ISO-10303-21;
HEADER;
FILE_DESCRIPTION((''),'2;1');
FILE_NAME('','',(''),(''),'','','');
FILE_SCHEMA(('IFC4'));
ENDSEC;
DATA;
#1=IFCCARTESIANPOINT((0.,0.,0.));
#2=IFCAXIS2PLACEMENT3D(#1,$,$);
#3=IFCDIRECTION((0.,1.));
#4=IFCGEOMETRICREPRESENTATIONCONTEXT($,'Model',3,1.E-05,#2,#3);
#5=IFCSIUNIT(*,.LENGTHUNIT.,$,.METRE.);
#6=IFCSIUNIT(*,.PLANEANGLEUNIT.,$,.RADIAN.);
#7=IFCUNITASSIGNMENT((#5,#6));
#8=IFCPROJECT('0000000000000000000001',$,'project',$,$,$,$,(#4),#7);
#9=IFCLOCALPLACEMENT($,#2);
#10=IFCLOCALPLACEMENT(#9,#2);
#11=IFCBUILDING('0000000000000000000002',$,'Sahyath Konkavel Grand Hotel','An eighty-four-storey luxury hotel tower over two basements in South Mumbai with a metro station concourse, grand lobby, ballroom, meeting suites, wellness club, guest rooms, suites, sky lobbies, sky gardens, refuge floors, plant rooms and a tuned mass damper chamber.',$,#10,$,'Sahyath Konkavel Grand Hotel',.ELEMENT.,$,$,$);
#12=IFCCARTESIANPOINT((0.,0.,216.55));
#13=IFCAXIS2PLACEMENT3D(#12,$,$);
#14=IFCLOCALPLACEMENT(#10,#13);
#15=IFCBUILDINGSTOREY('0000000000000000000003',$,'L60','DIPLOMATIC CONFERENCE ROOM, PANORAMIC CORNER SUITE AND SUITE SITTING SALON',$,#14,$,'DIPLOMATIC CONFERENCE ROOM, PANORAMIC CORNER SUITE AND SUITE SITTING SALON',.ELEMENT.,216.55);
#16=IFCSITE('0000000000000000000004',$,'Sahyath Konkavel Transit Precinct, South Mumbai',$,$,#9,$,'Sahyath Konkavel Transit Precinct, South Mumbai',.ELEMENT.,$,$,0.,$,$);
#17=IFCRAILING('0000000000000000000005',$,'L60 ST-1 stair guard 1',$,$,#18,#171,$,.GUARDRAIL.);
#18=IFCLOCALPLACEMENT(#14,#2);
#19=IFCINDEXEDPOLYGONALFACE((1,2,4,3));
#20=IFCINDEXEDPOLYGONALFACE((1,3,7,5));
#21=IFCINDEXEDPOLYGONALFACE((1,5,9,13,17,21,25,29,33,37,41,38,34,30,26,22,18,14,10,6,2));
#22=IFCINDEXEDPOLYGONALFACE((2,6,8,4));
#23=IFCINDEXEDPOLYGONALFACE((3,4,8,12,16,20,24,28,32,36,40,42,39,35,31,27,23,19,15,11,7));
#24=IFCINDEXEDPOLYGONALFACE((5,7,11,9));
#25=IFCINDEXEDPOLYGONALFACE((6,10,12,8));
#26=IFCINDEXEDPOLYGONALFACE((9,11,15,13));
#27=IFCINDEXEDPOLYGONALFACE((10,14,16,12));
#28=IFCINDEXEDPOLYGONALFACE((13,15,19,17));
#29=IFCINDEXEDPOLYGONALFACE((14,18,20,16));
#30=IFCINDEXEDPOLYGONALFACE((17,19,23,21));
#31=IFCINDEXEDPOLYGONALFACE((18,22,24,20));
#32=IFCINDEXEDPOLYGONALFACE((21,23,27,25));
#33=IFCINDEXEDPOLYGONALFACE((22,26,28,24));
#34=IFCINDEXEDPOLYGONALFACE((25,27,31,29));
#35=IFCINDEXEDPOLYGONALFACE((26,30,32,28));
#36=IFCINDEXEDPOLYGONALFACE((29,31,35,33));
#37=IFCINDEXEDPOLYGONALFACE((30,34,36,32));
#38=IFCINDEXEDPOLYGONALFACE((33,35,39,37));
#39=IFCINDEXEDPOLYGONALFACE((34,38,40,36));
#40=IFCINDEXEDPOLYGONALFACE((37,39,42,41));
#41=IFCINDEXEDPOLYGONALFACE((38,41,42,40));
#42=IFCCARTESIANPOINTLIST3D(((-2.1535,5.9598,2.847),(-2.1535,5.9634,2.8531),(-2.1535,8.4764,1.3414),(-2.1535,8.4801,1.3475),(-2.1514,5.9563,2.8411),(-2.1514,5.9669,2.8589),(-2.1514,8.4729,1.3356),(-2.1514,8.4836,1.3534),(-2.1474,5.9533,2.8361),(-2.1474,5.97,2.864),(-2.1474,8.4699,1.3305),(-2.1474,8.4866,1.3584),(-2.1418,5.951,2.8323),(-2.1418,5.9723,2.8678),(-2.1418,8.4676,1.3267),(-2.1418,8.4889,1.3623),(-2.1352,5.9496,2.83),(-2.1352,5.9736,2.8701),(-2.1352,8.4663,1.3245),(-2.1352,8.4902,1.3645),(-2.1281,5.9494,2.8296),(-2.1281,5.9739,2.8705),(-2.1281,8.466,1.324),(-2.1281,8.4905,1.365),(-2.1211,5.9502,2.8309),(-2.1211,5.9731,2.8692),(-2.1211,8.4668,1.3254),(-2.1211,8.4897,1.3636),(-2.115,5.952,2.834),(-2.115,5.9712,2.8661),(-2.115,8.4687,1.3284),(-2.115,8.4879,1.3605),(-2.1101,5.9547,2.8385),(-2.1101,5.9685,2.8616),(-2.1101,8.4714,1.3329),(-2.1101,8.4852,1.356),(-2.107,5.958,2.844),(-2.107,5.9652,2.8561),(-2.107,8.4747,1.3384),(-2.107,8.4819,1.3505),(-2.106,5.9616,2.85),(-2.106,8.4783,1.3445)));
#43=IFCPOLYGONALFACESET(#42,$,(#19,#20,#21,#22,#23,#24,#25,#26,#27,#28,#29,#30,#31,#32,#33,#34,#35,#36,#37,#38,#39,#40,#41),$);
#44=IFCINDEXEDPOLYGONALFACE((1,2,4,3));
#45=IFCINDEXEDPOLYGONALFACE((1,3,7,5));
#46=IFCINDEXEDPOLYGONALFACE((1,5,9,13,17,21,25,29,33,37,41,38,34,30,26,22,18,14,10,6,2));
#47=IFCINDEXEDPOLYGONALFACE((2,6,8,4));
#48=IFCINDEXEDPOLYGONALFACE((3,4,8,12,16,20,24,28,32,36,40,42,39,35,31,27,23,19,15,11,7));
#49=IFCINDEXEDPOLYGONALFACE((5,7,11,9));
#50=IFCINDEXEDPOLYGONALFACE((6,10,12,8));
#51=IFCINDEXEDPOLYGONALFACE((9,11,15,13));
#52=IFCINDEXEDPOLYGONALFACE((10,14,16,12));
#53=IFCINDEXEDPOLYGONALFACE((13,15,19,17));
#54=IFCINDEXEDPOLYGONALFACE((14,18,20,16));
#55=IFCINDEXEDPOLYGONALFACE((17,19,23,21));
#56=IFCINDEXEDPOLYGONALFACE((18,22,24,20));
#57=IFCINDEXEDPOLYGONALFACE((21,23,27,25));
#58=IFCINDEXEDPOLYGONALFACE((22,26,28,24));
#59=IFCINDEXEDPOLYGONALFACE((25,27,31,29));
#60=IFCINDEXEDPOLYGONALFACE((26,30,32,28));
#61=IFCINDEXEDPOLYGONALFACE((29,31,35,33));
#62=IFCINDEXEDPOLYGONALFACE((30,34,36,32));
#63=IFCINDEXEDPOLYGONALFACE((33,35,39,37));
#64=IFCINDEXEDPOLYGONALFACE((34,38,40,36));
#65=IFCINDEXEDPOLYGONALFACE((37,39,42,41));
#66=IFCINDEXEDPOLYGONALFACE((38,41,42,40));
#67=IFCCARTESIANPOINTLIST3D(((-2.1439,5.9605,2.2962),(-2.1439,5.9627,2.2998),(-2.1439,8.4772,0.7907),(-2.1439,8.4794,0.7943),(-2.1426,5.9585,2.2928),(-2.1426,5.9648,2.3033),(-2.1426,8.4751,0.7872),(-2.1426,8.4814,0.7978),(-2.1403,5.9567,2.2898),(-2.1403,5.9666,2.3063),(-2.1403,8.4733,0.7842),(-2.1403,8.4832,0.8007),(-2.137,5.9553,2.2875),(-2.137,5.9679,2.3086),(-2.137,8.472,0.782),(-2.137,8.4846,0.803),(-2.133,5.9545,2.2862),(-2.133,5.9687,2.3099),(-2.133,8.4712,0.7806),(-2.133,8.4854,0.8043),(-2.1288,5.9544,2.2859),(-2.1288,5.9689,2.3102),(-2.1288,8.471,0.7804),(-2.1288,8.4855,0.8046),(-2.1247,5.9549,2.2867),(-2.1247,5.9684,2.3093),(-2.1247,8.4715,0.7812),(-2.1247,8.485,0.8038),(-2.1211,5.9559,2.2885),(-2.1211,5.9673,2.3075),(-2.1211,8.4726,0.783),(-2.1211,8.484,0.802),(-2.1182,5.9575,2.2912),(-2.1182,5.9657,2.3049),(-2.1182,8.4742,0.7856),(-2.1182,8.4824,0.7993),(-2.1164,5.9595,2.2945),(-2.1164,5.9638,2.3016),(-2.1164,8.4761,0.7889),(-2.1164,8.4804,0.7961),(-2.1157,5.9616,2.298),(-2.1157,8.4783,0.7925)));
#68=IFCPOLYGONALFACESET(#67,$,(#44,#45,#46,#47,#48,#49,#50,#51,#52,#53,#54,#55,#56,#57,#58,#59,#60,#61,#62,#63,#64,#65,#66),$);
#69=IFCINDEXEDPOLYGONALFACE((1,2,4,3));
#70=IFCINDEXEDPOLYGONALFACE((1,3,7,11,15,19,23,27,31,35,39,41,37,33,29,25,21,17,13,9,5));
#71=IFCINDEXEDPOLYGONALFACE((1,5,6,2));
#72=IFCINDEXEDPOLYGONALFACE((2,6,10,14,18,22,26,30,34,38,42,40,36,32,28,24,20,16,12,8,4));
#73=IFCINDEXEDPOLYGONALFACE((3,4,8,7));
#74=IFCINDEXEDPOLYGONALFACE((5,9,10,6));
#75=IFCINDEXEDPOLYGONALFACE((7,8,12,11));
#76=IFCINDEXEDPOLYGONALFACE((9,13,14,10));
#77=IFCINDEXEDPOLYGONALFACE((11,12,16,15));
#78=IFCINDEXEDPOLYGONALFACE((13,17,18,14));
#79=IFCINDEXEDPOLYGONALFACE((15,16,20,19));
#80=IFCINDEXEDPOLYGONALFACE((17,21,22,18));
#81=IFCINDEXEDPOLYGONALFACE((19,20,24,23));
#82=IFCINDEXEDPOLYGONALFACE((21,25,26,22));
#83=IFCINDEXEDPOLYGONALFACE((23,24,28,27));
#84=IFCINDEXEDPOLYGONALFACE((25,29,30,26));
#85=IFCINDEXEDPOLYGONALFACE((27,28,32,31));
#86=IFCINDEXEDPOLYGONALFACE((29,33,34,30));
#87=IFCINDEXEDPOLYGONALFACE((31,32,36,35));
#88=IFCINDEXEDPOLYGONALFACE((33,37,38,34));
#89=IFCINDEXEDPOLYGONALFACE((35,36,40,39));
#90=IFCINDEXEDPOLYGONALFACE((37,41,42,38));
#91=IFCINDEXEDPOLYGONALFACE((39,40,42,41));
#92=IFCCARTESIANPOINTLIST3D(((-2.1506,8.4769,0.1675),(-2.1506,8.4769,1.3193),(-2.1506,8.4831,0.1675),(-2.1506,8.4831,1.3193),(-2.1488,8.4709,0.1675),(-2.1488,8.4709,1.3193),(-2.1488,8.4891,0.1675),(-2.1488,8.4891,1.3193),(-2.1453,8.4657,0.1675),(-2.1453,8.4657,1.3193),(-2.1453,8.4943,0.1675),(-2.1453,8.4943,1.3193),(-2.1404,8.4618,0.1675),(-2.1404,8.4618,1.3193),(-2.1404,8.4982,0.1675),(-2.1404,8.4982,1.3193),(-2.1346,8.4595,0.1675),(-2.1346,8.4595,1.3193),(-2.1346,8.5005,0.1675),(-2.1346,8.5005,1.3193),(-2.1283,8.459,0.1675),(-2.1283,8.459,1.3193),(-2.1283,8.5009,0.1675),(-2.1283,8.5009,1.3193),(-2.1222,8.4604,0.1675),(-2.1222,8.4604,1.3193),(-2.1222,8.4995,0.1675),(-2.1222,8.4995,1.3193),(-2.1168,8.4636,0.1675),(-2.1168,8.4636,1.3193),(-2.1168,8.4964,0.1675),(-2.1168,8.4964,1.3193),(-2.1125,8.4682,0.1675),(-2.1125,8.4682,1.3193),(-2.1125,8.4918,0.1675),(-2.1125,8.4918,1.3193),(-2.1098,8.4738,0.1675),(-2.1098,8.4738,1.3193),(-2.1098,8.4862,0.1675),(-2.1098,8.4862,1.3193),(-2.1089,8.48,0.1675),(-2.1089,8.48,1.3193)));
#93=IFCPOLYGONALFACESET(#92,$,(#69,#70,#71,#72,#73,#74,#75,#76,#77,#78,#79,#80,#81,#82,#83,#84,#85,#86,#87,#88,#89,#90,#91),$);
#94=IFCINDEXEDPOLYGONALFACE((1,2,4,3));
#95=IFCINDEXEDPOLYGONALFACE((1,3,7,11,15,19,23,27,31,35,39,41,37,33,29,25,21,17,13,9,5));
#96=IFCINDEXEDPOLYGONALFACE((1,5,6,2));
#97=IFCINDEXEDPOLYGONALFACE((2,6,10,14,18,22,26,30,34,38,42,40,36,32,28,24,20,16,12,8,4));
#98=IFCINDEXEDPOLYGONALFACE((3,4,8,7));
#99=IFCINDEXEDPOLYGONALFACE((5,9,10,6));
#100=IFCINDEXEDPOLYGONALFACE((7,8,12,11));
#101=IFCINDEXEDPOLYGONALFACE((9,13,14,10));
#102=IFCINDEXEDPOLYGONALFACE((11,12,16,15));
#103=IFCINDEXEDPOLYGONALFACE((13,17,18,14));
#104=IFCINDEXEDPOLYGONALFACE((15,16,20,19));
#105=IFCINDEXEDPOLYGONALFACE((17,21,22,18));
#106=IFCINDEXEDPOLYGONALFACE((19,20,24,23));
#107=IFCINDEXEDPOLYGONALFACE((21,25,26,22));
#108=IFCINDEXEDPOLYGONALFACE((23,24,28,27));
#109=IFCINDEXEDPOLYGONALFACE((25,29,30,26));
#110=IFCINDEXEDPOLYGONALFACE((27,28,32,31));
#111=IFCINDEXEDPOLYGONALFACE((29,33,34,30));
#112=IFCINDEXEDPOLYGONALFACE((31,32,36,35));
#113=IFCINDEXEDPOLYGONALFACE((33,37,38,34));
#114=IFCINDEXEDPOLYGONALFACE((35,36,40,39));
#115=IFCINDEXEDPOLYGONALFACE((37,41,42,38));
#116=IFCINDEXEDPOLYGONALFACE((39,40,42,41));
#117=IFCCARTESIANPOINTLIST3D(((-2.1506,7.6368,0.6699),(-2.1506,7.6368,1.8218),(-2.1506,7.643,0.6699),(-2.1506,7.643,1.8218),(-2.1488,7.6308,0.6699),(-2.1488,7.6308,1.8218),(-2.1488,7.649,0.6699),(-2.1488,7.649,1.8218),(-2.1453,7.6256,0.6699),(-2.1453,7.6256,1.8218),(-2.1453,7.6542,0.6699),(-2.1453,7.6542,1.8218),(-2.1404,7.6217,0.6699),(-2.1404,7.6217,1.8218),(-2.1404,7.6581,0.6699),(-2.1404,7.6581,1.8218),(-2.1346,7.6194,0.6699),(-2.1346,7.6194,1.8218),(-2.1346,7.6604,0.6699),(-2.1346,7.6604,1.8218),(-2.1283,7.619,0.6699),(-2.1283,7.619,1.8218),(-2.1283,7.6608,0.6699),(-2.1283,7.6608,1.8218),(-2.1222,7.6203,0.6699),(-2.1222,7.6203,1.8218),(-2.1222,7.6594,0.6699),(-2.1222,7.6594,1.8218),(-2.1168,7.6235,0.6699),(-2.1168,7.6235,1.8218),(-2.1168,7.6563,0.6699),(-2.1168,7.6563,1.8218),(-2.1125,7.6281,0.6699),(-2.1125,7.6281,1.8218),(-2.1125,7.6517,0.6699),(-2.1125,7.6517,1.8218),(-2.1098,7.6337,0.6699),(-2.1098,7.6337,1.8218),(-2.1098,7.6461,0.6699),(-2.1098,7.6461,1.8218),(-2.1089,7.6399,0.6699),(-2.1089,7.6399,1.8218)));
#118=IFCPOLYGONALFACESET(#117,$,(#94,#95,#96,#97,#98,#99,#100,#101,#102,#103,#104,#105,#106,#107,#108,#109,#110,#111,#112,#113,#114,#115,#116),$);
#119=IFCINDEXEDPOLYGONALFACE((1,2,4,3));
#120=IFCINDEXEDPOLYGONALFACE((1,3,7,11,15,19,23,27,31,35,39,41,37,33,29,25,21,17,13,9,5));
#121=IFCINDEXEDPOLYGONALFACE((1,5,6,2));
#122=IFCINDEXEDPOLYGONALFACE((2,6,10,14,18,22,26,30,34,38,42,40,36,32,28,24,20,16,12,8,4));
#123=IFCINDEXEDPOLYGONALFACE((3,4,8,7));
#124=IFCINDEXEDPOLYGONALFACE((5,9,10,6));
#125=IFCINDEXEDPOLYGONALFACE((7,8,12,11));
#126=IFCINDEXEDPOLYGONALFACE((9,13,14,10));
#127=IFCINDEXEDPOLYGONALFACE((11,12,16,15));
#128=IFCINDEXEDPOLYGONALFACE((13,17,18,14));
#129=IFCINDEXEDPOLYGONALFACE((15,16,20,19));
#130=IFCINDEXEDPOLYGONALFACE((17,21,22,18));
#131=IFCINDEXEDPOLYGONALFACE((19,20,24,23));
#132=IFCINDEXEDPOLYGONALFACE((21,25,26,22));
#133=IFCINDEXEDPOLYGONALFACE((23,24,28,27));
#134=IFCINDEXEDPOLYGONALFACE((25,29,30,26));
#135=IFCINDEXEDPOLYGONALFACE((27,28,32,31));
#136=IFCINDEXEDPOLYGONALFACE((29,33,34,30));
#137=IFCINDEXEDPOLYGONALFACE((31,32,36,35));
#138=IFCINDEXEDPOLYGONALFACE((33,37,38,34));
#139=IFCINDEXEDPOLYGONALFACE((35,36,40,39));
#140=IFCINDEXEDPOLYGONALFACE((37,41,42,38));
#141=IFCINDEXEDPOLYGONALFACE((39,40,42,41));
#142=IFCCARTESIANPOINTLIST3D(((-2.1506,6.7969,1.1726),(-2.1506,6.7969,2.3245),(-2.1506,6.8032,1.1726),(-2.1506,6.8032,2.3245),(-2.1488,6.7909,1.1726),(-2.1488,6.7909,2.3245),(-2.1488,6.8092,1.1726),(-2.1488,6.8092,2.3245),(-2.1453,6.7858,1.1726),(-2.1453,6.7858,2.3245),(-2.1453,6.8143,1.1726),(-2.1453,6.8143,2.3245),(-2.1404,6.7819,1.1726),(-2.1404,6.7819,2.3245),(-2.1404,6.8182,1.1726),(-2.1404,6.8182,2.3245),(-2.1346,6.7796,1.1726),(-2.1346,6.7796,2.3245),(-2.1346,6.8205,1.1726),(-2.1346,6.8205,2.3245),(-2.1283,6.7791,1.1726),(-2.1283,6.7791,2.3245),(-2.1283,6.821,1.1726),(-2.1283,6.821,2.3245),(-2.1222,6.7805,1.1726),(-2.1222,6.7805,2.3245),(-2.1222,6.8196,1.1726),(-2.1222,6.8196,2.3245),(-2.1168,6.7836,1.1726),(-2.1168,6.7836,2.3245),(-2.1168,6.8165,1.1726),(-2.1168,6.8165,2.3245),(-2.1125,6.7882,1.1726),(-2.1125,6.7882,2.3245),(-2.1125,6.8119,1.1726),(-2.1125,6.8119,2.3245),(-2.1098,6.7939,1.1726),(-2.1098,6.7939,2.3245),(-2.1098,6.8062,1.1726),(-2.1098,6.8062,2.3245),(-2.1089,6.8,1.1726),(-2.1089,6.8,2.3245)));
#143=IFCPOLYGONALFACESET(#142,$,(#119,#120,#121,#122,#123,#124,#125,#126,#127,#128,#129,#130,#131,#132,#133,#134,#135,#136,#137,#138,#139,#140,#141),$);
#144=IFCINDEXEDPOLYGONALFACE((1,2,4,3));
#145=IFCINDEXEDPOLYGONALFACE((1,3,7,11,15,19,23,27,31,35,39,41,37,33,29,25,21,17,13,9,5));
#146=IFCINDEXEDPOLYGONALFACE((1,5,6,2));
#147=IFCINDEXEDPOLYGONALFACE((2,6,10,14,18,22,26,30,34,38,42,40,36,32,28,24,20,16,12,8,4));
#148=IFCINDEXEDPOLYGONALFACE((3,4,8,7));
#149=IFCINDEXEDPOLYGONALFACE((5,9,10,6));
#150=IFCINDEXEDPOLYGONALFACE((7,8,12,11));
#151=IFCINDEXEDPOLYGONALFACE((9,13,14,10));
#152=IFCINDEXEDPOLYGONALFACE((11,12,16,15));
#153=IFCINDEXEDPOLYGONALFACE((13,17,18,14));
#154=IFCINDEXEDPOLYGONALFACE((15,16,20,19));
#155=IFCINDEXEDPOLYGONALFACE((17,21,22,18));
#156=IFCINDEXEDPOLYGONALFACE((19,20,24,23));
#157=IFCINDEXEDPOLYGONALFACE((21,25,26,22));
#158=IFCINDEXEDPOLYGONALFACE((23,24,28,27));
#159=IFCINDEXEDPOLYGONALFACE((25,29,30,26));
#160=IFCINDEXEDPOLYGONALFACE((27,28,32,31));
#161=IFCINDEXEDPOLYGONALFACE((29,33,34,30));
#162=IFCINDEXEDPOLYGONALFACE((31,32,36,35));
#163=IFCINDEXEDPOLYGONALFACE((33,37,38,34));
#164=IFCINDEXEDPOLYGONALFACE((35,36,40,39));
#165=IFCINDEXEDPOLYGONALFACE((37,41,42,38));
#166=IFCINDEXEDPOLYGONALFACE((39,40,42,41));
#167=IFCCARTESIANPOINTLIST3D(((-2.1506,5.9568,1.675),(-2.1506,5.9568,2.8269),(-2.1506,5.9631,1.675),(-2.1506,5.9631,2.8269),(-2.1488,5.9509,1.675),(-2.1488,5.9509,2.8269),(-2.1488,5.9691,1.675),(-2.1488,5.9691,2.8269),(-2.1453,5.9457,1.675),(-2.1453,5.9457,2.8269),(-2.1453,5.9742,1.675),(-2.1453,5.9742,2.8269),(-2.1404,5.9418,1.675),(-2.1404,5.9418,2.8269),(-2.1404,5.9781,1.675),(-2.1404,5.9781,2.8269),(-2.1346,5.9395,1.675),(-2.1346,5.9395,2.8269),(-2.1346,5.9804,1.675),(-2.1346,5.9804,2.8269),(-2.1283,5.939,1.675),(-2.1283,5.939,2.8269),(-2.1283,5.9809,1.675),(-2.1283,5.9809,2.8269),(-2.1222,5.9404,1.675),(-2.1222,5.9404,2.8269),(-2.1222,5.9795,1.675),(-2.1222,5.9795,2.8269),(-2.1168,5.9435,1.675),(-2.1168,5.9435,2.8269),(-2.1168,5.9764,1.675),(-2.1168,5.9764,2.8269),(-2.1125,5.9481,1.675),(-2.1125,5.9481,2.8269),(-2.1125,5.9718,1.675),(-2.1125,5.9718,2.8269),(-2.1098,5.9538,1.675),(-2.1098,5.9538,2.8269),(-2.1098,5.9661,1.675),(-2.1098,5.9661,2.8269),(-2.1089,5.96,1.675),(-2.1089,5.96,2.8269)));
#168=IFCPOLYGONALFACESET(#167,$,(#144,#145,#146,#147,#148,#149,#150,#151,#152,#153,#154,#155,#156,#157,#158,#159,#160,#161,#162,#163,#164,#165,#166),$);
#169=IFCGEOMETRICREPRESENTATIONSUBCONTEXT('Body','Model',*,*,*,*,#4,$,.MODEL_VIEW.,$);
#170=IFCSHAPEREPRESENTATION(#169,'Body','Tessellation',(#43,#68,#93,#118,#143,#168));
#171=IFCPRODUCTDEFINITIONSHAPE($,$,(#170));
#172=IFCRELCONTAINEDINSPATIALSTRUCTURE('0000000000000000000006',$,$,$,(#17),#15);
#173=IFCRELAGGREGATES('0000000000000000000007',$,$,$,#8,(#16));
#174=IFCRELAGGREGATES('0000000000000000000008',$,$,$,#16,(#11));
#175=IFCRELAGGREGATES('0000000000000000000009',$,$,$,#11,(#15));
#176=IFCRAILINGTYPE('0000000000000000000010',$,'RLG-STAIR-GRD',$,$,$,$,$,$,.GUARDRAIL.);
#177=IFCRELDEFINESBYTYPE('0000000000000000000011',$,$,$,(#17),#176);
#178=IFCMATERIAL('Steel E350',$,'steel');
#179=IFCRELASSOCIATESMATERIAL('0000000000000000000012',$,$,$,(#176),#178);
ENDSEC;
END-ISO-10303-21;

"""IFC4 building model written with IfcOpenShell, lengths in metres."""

from ifc_helpers import new_model, si_unit, direction, frame, origin, origin_2d, place, context, subcontext, project, spatial, circle, extrude, material, type_object, element, save


model = new_model("IFC4")

# Units and contexts
model_context = context("Model", 3, precision=1e-05, world=origin(), true_north=direction((0.0, 1.0)))
body_context = subcontext(model_context, "Body", "Model", "MODEL_VIEW")
ifc_project = project(units=[si_unit("LENGTHUNIT", "METRE"), si_unit("PLANEANGLEUNIT", "RADIAN")], contexts=[model_context])

# Site, building, storey
site_placement = place(None, origin())
site = spatial("IfcSite", under=ifc_project, at=site_placement, Name="Sahyath Konkavel Transit Precinct, South Mumbai", LongName="Sahyath Konkavel Transit Precinct, South Mumbai", CompositionType="ELEMENT", RefElevation=0.0)
building_placement = place(site_placement, origin())
building = spatial("IfcBuilding", under=site, at=building_placement, Name="Sahyath Konkavel Grand Hotel", Description="An eighty-four-storey luxury hotel tower over two basements in South Mumbai with a metro station concourse, grand lobby, ballroom, meeting suites, wellness club, guest rooms, suites, sky lobbies, sky gardens, refuge floors, plant rooms and a tuned mass damper chamber.", LongName="Sahyath Konkavel Grand Hotel", CompositionType="ELEMENT")
storey_placement = place(building_placement, frame((0.0, 0.0, 216.55)))
storey = spatial("IfcBuildingStorey", under=building, at=storey_placement, Name="L60", Description="DIPLOMATIC CONFERENCE ROOM, PANORAMIC CORNER SUITE AND SUITE SITTING SALON", LongName="DIPLOMATIC CONFERENCE ROOM, PANORAMIC CORNER SUITE AND SUITE SITTING SALON", CompositionType="ELEMENT", Elevation=216.55)

# Shared definitions
ifc_material_1 = material(Name="Steel E350", Category="steel")

# Railing
railing_type_1 = type_object("IfcRailingType", Name="RLG-STAIR-GRD", PredefinedType="GUARDRAIL", material=ifc_material_1)
railing_1_placement = place(storey_placement, frame((-2.1299, 8.48, 0.1675)))
element("IfcRailing", 1, at=railing_1_placement, inside=storey, type_object=railing_type_1, Name="L60 ST-1 stair guard 1", PredefinedType="GUARDRAIL", context=body_context, shape_type="SweptSolid", body=[
    extrude(circle(Radius=0.0239, at=origin_2d()), frame((0.0, -0.0017, 1.177), z_axis=(0.0, -0.85816, 0.513383), x_axis=(1.0, 0.0, 0.0)), (0.0, 0.0, 1.0), 2.9326),
    extrude(circle(Radius=0.0142, at=origin_2d()), frame((0.0, -0.0017, 0.625), z_axis=(0.0, -0.85816, 0.513383), x_axis=(1.0, 0.0, 0.0)), (0.0, 0.0, 1.0), 2.9326),
    extrude(circle(Radius=0.021, at=origin_2d()), origin(), (0.0, 0.0, 1.0), 1.1519),
    extrude(circle(Radius=0.021, at=origin_2d()), frame((0.0, -0.8401, 0.5024)), (0.0, 0.0, 1.0), 1.1519),
    extrude(circle(Radius=0.021, at=origin_2d()), frame((0.0, -1.6799, 1.0051)), (0.0, 0.0, 1.0), 1.1519),
    extrude(circle(Radius=0.021, at=origin_2d()), frame((0.0, -2.52, 1.5076)), (0.0, 0.0, 1.0), 1.1519),
])

save(model, "model.ifc")
